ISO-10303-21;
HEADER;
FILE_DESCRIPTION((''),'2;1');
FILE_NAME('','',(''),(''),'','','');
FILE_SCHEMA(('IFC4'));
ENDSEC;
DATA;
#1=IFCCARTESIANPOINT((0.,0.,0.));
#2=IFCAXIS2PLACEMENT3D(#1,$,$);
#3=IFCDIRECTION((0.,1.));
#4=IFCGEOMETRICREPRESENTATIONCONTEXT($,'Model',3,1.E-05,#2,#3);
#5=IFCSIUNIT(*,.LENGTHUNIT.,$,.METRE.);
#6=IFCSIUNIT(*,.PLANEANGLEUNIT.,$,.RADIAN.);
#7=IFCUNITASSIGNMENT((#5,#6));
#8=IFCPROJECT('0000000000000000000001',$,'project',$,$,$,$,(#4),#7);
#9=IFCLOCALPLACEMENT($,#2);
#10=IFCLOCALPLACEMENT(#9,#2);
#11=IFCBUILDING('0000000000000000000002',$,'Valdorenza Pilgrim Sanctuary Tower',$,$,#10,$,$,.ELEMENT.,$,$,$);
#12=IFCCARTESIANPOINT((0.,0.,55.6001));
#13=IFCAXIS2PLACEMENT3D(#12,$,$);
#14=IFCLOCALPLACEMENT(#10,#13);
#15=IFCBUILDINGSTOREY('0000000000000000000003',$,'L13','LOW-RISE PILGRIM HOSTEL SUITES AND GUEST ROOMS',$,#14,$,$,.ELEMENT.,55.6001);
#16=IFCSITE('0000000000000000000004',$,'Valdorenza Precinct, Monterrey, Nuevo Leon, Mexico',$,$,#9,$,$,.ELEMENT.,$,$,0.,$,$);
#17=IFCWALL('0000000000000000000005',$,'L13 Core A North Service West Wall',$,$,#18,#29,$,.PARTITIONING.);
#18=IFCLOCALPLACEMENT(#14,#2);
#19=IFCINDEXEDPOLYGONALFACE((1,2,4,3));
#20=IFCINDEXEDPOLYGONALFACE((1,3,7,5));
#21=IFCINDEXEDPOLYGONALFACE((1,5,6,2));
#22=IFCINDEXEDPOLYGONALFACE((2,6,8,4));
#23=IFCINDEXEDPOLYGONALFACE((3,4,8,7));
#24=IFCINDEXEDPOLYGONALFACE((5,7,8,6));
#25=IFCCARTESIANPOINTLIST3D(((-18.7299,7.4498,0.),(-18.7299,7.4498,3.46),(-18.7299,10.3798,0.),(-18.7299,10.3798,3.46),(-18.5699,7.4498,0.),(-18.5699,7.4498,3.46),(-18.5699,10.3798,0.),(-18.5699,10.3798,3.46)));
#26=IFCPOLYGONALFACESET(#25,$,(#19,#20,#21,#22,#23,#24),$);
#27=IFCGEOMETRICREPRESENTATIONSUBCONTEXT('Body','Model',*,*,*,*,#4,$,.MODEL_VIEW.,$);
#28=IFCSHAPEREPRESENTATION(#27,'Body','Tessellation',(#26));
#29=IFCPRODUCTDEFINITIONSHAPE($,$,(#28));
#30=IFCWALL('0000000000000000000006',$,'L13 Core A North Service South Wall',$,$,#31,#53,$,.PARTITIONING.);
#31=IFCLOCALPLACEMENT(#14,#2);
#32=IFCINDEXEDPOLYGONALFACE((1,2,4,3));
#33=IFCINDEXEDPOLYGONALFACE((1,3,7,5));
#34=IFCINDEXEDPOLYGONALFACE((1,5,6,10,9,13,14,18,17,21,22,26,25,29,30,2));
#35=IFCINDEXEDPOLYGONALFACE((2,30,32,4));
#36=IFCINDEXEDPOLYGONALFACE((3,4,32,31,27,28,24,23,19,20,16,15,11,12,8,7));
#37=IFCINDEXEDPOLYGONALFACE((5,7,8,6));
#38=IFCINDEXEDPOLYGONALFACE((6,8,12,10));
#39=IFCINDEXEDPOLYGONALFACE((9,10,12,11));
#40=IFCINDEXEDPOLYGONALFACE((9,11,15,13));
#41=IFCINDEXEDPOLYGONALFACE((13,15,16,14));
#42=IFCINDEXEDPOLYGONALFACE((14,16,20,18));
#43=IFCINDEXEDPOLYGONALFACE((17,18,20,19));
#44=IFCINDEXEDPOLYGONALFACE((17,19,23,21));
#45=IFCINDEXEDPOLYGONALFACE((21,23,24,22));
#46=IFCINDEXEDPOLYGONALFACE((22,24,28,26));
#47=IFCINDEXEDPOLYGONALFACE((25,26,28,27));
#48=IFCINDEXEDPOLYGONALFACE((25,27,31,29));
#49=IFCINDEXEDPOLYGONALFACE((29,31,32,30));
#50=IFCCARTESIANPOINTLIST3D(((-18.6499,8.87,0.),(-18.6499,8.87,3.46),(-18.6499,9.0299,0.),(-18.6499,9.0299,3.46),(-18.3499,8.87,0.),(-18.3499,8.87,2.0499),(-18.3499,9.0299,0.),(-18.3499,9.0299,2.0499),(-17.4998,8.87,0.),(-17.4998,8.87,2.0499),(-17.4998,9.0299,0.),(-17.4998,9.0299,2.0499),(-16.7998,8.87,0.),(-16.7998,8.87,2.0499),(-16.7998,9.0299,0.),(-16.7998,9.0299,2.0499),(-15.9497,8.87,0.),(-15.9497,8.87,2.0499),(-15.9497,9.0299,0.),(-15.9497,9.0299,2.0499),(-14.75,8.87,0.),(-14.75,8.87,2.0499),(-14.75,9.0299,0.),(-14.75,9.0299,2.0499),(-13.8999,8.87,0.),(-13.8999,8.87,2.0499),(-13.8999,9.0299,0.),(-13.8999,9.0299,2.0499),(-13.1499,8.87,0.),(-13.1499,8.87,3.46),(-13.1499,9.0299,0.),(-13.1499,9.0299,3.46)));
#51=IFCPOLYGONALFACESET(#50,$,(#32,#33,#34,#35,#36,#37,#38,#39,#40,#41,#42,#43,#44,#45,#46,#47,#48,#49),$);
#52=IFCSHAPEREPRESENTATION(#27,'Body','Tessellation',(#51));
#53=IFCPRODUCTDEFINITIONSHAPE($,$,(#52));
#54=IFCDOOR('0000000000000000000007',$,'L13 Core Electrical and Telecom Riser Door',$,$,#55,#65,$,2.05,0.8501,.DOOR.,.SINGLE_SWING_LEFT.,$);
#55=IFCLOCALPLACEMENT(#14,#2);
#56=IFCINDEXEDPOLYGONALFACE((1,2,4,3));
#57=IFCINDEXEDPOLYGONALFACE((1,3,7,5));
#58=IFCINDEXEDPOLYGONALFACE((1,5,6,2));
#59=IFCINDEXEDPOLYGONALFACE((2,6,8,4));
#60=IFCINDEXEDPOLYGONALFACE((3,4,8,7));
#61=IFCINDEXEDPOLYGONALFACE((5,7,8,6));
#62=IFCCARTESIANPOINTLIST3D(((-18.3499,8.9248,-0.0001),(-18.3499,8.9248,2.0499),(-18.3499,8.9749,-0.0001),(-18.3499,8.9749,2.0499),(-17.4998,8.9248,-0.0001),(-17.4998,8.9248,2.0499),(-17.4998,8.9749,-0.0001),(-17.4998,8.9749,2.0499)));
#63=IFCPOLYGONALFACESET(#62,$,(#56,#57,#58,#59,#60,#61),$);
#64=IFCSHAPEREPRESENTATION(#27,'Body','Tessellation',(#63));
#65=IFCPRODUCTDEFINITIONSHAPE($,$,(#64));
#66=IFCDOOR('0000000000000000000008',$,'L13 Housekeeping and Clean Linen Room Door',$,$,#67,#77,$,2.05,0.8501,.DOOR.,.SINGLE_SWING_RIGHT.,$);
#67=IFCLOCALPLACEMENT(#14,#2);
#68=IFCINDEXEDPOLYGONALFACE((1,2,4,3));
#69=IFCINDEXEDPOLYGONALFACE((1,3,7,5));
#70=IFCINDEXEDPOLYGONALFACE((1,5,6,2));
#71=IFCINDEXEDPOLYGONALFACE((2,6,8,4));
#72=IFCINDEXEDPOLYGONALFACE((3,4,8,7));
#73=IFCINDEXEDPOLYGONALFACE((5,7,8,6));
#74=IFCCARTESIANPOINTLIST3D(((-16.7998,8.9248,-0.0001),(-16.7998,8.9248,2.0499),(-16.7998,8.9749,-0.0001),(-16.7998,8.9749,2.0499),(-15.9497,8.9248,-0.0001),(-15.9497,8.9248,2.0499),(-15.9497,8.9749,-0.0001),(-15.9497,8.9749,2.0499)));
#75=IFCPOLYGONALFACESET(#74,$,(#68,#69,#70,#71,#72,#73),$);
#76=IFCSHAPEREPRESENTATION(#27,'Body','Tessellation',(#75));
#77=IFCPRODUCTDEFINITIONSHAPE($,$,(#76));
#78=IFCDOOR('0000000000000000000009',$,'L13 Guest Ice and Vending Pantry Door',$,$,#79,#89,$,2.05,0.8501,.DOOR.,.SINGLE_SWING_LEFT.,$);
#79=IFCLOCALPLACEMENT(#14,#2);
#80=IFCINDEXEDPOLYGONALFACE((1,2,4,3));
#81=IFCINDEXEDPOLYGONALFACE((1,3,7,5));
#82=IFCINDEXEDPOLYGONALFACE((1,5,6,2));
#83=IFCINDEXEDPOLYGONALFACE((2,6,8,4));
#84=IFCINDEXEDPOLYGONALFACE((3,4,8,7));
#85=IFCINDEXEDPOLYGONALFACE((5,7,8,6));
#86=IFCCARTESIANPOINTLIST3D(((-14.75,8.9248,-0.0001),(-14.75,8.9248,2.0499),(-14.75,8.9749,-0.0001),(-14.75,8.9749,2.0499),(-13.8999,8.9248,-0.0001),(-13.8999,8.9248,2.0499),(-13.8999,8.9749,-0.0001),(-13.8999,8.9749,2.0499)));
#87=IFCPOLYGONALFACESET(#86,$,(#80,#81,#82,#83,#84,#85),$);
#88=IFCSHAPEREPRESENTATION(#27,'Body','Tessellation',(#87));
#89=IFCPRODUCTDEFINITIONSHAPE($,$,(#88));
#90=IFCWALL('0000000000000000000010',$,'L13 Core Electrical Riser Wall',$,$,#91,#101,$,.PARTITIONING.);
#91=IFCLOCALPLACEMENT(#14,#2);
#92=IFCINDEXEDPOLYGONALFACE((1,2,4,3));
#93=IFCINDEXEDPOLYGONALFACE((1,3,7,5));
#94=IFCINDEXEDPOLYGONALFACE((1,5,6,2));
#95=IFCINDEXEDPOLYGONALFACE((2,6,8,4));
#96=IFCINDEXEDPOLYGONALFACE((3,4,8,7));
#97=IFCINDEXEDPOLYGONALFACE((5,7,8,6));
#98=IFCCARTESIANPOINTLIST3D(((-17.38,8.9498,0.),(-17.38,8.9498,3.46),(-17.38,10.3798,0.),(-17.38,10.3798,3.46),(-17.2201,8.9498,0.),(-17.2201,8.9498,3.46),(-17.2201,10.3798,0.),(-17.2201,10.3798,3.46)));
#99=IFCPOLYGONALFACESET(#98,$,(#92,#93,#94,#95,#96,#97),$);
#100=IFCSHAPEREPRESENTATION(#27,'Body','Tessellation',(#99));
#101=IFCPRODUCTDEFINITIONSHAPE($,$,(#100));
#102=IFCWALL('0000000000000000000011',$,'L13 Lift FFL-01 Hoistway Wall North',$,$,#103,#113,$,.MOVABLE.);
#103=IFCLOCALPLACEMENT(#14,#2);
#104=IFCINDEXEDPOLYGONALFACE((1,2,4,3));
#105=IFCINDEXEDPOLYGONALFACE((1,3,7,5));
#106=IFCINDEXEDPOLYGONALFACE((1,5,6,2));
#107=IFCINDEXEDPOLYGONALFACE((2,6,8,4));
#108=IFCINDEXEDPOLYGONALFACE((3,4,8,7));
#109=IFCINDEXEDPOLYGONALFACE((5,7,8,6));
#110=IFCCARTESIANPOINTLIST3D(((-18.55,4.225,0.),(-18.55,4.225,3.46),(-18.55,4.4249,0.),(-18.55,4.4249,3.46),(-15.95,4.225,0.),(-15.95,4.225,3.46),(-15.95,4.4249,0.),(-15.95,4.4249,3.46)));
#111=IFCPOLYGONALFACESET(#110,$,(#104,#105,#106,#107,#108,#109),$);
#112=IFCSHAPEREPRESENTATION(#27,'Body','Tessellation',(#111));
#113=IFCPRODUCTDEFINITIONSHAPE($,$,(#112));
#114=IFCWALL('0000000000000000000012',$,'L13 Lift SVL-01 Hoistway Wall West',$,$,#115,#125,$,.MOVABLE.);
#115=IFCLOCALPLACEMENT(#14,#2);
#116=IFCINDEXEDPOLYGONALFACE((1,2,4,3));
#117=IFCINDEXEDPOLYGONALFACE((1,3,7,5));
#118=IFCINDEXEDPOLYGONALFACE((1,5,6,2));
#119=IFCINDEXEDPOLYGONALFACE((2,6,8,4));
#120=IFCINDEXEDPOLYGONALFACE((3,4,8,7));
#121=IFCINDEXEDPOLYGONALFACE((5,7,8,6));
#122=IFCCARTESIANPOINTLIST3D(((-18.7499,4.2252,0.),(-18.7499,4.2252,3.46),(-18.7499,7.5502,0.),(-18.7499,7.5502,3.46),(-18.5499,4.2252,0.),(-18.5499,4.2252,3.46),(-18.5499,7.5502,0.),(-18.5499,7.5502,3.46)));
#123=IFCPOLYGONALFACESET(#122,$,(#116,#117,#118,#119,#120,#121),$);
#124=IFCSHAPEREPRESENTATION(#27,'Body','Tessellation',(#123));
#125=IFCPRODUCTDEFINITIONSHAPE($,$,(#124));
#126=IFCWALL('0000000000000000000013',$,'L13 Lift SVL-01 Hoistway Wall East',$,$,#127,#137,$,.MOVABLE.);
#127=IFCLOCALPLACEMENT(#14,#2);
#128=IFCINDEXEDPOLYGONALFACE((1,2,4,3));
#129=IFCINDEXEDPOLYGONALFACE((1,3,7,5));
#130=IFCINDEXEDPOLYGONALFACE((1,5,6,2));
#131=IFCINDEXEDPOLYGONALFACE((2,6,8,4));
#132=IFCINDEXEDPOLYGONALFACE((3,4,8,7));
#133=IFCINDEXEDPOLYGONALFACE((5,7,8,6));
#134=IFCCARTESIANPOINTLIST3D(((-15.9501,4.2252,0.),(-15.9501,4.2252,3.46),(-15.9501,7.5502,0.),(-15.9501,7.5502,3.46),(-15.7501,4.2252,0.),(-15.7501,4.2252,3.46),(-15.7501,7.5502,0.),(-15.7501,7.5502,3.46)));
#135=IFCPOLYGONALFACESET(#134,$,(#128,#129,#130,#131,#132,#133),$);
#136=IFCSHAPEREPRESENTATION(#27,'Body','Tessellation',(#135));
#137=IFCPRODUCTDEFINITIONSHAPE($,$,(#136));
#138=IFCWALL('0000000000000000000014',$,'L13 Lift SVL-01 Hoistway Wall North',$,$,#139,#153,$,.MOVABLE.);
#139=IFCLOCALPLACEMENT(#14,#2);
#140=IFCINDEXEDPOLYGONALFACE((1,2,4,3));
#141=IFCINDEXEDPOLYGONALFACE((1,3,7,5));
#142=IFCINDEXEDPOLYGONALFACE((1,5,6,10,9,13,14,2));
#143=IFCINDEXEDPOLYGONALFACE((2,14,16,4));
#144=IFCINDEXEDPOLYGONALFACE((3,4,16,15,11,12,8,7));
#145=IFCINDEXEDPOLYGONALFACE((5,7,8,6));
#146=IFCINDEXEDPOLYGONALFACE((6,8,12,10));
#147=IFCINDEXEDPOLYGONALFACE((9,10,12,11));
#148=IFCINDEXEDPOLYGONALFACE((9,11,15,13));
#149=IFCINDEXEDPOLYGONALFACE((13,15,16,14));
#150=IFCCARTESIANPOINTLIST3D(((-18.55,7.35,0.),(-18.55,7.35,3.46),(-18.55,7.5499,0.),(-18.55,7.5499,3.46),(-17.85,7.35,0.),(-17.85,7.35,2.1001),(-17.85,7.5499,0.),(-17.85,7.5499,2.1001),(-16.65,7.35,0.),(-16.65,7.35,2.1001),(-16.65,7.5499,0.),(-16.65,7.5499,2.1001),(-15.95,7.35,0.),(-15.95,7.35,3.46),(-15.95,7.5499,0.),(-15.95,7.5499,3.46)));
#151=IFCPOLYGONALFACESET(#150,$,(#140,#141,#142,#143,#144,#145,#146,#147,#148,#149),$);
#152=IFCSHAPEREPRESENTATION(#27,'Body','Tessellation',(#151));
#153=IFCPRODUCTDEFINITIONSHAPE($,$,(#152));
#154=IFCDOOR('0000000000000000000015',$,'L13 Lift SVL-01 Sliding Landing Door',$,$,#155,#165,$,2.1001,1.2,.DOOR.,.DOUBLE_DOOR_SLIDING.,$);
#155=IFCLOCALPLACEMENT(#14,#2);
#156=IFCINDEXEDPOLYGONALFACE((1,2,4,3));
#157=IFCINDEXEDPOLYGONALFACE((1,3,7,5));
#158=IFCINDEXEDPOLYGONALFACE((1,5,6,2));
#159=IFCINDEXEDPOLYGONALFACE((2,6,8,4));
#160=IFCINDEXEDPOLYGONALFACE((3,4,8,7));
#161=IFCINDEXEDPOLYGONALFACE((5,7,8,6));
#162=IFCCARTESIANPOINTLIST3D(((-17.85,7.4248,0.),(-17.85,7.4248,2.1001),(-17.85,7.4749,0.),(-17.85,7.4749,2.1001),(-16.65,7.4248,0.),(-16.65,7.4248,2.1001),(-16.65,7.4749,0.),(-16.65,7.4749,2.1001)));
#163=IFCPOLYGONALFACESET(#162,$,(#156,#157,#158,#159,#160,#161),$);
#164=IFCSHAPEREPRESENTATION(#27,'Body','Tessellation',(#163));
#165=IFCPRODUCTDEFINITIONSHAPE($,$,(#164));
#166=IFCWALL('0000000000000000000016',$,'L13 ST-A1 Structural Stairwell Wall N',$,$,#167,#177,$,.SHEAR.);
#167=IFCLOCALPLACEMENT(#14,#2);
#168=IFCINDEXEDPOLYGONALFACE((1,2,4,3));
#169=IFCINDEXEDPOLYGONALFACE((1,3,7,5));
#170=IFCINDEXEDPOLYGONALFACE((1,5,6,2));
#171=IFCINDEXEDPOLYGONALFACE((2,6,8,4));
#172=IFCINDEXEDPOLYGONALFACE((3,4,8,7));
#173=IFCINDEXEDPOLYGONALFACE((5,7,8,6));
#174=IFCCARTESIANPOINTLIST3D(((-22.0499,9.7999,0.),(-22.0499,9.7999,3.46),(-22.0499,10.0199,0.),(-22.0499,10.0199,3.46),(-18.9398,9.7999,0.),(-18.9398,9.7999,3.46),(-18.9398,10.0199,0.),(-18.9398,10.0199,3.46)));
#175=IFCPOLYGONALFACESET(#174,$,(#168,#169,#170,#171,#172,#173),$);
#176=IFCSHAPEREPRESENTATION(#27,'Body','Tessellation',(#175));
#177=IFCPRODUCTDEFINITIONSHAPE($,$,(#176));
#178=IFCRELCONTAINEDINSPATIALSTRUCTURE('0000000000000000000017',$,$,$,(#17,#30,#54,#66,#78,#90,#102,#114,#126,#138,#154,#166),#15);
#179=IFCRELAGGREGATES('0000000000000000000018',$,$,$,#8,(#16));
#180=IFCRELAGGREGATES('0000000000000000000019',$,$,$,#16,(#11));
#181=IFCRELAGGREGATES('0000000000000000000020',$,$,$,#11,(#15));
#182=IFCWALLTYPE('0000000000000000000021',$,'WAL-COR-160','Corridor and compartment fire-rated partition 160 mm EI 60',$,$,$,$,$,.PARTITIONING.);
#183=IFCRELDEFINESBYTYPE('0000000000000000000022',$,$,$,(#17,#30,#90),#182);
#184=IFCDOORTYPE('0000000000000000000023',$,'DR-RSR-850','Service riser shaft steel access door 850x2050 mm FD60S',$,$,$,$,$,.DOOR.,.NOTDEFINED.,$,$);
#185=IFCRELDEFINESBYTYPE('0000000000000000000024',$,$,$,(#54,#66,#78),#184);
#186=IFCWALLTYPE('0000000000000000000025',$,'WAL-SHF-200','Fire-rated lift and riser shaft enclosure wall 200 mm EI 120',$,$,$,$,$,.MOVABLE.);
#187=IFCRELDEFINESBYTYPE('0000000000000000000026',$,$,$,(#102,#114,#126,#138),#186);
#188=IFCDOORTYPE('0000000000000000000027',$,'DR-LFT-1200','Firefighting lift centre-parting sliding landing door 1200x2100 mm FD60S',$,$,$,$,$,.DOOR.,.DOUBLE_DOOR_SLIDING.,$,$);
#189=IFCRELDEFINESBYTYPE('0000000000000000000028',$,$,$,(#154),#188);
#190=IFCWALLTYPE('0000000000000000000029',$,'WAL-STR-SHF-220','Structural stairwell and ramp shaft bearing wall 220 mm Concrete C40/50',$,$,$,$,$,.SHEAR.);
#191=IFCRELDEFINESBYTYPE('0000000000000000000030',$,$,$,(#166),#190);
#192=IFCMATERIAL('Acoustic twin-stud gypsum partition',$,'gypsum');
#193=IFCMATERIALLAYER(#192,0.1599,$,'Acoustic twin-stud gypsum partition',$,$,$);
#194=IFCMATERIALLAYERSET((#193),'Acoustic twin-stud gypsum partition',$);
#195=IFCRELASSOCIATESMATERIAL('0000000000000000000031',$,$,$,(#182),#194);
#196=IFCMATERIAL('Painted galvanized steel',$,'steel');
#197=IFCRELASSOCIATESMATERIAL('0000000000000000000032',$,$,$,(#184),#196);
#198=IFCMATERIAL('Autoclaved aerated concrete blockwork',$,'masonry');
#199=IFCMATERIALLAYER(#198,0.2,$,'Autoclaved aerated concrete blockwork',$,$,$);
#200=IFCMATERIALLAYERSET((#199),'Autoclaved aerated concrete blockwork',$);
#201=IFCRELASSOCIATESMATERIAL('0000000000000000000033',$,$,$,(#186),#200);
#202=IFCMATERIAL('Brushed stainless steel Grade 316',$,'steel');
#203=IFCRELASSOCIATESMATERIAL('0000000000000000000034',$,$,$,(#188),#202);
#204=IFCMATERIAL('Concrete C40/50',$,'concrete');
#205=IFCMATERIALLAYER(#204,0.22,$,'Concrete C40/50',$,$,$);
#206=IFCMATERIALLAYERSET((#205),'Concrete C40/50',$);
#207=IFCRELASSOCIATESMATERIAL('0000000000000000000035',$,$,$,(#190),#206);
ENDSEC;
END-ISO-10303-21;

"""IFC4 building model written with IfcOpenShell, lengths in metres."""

from ifc_helpers import new_model, si_unit, direction, frame, frame_2d, origin, place, context, subcontext, project, spatial, rectangle, extrude, material, layer, layer_set, type_object, element, fill, save


model = new_model("IFC4")

# Units and contexts
model_context = context("Model", 3, precision=1e-05, world=origin(), true_north=direction((0.0, 1.0)))
body_context = subcontext(model_context, "Body", "Model", "MODEL_VIEW")
ifc_project = project(units=[si_unit("LENGTHUNIT", "METRE"), si_unit("PLANEANGLEUNIT", "RADIAN")], contexts=[model_context])

# Site, building, storey
site_placement = place(None, origin())
site = spatial("IfcSite", under=ifc_project, at=site_placement, Name="Valdorenza Precinct, Monterrey, Nuevo Leon, Mexico", CompositionType="ELEMENT", RefElevation=0.0)
building_placement = place(site_placement, origin())
building = spatial("IfcBuilding", under=site, at=building_placement, Name="Valdorenza Pilgrim Sanctuary Tower", CompositionType="ELEMENT")
storey_placement = place(building_placement, frame((0.0, 0.0, 55.6001)))
storey = spatial("IfcBuildingStorey", under=building, at=storey_placement, Name="L13", Description="LOW-RISE PILGRIM HOSTEL SUITES AND GUEST ROOMS", CompositionType="ELEMENT", Elevation=55.6001)

# Wall
ifc_material_1 = material(Name="Acoustic twin-stud gypsum partition", Category="gypsum")
ifc_layer_1 = layer(ifc_material_1, 0.1599, Name="Acoustic twin-stud gypsum partition")
ifc_layer_set_1 = layer_set([ifc_layer_1], Name="Acoustic twin-stud gypsum partition")
wall_type_1 = type_object("IfcWallType", Name="WAL-COR-160", Description="Corridor and compartment fire-rated partition 160 mm EI 60", PredefinedType="PARTITIONING", material=ifc_layer_set_1)
wall_1_placement = place(storey_placement, frame((-18.6499, 7.45, 0.0), z_axis=(0.0, 0.0, 1.0), x_axis=(0.0, 1.0, 0.0)))
element("IfcWall", 1, at=wall_1_placement, inside=storey, type_object=wall_type_1, Name="L13 Core A North Service West Wall", PredefinedType="PARTITIONING", context=body_context, shape_type="SweptSolid", body=[
    extrude(rectangle(XDim=2.9299, YDim=0.1599, at=frame_2d((1.4648, 0.0))), origin(), (0.0, 0.0, 1.0), 3.46),
])

# Wall, openings, doors
wall_2_placement = place(storey_placement, frame((-18.6499, 8.95, 0.0), z_axis=(0.0, 0.0, 1.0), x_axis=(1.0, 0.0, 0.0)))
wall_2 = element("IfcWall", 2, at=wall_2_placement, inside=storey, type_object=wall_type_1, Name="L13 Core A North Service South Wall", PredefinedType="PARTITIONING", context=body_context, shape_type="SweptSolid", body=[
    extrude(rectangle(XDim=5.5, YDim=0.1599, at=frame_2d((2.75, 0.0))), origin(), (0.0, 0.0, 1.0), 3.46),
])
opening_1_placement = place(wall_2_placement, frame((0.3, 0.0, 0.0)))
opening_1 = element("IfcOpeningElement", 3, at=opening_1_placement, cuts=wall_2, PredefinedType="OPENING", context=body_context, shape_type="SweptSolid", body=[
    extrude(rectangle(XDim=0.8501, YDim=2.05, at=frame_2d((0.425, 1.0249))), frame((0.0, 0.0947, 0.0), z_axis=(0.0, -1.0, 0.0), x_axis=(1.0, 0.0, 0.0)), (0.0, 0.0, 1.0), 0.1897),
])
opening_2_placement = place(wall_2_placement, frame((1.8501, 0.0, 0.0)))
opening_2 = element("IfcOpeningElement", 4, at=opening_2_placement, cuts=wall_2, PredefinedType="OPENING", context=body_context, shape_type="SweptSolid", body=[
    extrude(rectangle(XDim=0.8501, YDim=2.05, at=frame_2d((0.425, 1.0249))), frame((0.0, 0.0947, 0.0), z_axis=(0.0, -1.0, 0.0), x_axis=(1.0, 0.0, 0.0)), (0.0, 0.0, 1.0), 0.1897),
])
opening_3_placement = place(wall_2_placement, frame((3.8999, 0.0, 0.0)))
opening_3 = element("IfcOpeningElement", 5, at=opening_3_placement, cuts=wall_2, PredefinedType="OPENING", context=body_context, shape_type="SweptSolid", body=[
    extrude(rectangle(XDim=0.8501, YDim=2.05, at=frame_2d((0.425, 1.0249))), frame((0.0, 0.0947, 0.0), z_axis=(0.0, -1.0, 0.0), x_axis=(1.0, 0.0, 0.0)), (0.0, 0.0, 1.0), 0.1897),
])
ifc_material_2 = material(Name="Painted galvanized steel", Category="steel")
door_type_1 = type_object("IfcDoorType", Name="DR-RSR-850", Description="Service riser shaft steel access door 850x2050 mm FD60S", OperationType="NOTDEFINED", PredefinedType="DOOR", material=ifc_material_2)
door_1_placement = place(opening_1_placement, origin())
door_1 = element("IfcDoor", 6, at=door_1_placement, inside=storey, type_object=door_type_1, Name="L13 Core Electrical and Telecom Riser Door", OperationType="SINGLE_SWING_LEFT", OverallHeight=2.05, OverallWidth=0.8501, PredefinedType="DOOR", context=body_context, shape_type="SweptSolid", body=[
    extrude(rectangle(XDim=0.8501, YDim=2.05, at=frame_2d((0.425, 1.0249))), frame((0.0, 0.0249, 0.0), z_axis=(0.0, -1.0, 0.0), x_axis=(1.0, 0.0, 0.0)), (0.0, 0.0, 1.0), 0.05),
])
fill(opening_1, door_1)
door_2_placement = place(opening_2_placement, origin())
door_2 = element("IfcDoor", 7, at=door_2_placement, inside=storey, type_object=door_type_1, Name="L13 Housekeeping and Clean Linen Room Door", OperationType="SINGLE_SWING_RIGHT", OverallHeight=2.05, OverallWidth=0.8501, PredefinedType="DOOR", context=body_context, shape_type="SweptSolid", body=[
    extrude(rectangle(XDim=0.8501, YDim=2.05, at=frame_2d((0.425, 1.0249))), frame((0.0, 0.0249, 0.0), z_axis=(0.0, -1.0, 0.0), x_axis=(1.0, 0.0, 0.0)), (0.0, 0.0, 1.0), 0.05),
])
fill(opening_2, door_2)
door_3_placement = place(opening_3_placement, origin())
door_3 = element("IfcDoor", 8, at=door_3_placement, inside=storey, type_object=door_type_1, Name="L13 Guest Ice and Vending Pantry Door", OperationType="SINGLE_SWING_LEFT", OverallHeight=2.05, OverallWidth=0.8501, PredefinedType="DOOR", context=body_context, shape_type="SweptSolid", body=[
    extrude(rectangle(XDim=0.8501, YDim=2.05, at=frame_2d((0.425, 1.0249))), frame((0.0, 0.0249, 0.0), z_axis=(0.0, -1.0, 0.0), x_axis=(1.0, 0.0, 0.0)), (0.0, 0.0, 1.0), 0.05),
])
fill(opening_3, door_3)

# Walls
wall_3_placement = place(storey_placement, frame((-17.3, 8.95, 0.0), z_axis=(0.0, 0.0, 1.0), x_axis=(0.0, 1.0, 0.0)))
element("IfcWall", 9, at=wall_3_placement, inside=storey, type_object=wall_type_1, Name="L13 Core Electrical Riser Wall", PredefinedType="PARTITIONING", context=body_context, shape_type="SweptSolid", body=[
    extrude(rectangle(XDim=1.4299, YDim=0.1599, at=frame_2d((0.7148, 0.0))), origin(), (0.0, 0.0, 1.0), 3.46),
])
ifc_material_3 = material(Name="Autoclaved aerated concrete blockwork", Category="masonry")
ifc_layer_2 = layer(ifc_material_3, 0.2, Name="Autoclaved aerated concrete blockwork")
ifc_layer_set_2 = layer_set([ifc_layer_2], Name="Autoclaved aerated concrete blockwork")
wall_type_2 = type_object("IfcWallType", Name="WAL-SHF-200", Description="Fire-rated lift and riser shaft enclosure wall 200 mm EI 120", PredefinedType="MOVABLE", material=ifc_layer_set_2)
wall_4_placement = place(storey_placement, frame((-18.55, 4.325, 0.0), z_axis=(0.0, 0.0, 1.0), x_axis=(1.0, 0.0, 0.0)))
element("IfcWall", 10, at=wall_4_placement, inside=storey, type_object=wall_type_2, Name="L13 Lift FFL-01 Hoistway Wall North", PredefinedType="MOVABLE", context=body_context, shape_type="SweptSolid", body=[
    extrude(rectangle(XDim=2.6001, YDim=0.2, at=frame_2d((1.3, 0.0))), origin(), (0.0, 0.0, 1.0), 3.46),
])
for number, where, z_axis, x_axis, name in (
    (11, (-18.6499, 4.2251, 0.0), (0.0, 0.0, 1.0), (0.0, 1.0, 0.0), "L13 Lift SVL-01 Hoistway Wall West"),
    (12, (-15.8501, 4.2251, 0.0), (0.0, 0.0, 1.0), (0.0, 1.0, 0.0), "L13 Lift SVL-01 Hoistway Wall East"),
):
    element("IfcWall", number, at=place(storey_placement, frame(where, z_axis=z_axis, x_axis=x_axis)), inside=storey, type_object=wall_type_2, Name=name, PredefinedType="MOVABLE", context=body_context, shape_type="SweptSolid", body=[
        extrude(rectangle(XDim=3.325, YDim=0.2, at=frame_2d((1.6626, 0.0))), origin(), (0.0, 0.0, 1.0), 3.46),
    ])

# Wall, opening, door
wall_5_placement = place(storey_placement, frame((-18.55, 7.45, 0.0), z_axis=(0.0, 0.0, 1.0), x_axis=(1.0, 0.0, 0.0)))
wall_5 = element("IfcWall", 13, at=wall_5_placement, inside=storey, type_object=wall_type_2, Name="L13 Lift SVL-01 Hoistway Wall North", PredefinedType="MOVABLE", context=body_context, shape_type="SweptSolid", body=[
    extrude(rectangle(XDim=2.6001, YDim=0.2, at=frame_2d((1.3, 0.0))), origin(), (0.0, 0.0, 1.0), 3.46),
])
opening_4_placement = place(wall_5_placement, frame((0.7, 0.0, 0.0)))
opening_4 = element("IfcOpeningElement", 14, at=opening_4_placement, cuts=wall_5, PredefinedType="OPENING", context=body_context, shape_type="SweptSolid", body=[
    extrude(rectangle(XDim=1.2, YDim=2.1001, at=frame_2d((0.6001, 1.05))), frame((0.0, 0.1147, 0.0), z_axis=(0.0, -1.0, 0.0), x_axis=(1.0, 0.0, 0.0)), (0.0, 0.0, 1.0), 0.2297),
])
ifc_material_4 = material(Name="Brushed stainless steel Grade 316", Category="steel")
door_type_2 = type_object("IfcDoorType", Name="DR-LFT-1200", Description="Firefighting lift centre-parting sliding landing door 1200x2100 mm FD60S", OperationType="DOUBLE_DOOR_SLIDING", PredefinedType="DOOR", material=ifc_material_4)
door_4_placement = place(opening_4_placement, origin())
door_4 = element("IfcDoor", 15, at=door_4_placement, inside=storey, type_object=door_type_2, Name="L13 Lift SVL-01 Sliding Landing Door", OperationType="DOUBLE_DOOR_SLIDING", OverallHeight=2.1001, OverallWidth=1.2, PredefinedType="DOOR", context=body_context, shape_type="SweptSolid", body=[
    extrude(rectangle(XDim=1.2, YDim=2.1001, at=frame_2d((0.6001, 1.05))), frame((0.0, 0.0249, 0.0), z_axis=(0.0, -1.0, 0.0), x_axis=(1.0, 0.0, 0.0)), (0.0, 0.0, 1.0), 0.05),
])
fill(opening_4, door_4)

# Wall
ifc_material_5 = material(Name="Concrete C40/50", Category="concrete")
ifc_layer_3 = layer(ifc_material_5, 0.22, Name="Concrete C40/50")
ifc_layer_set_3 = layer_set([ifc_layer_3], Name="Concrete C40/50")
wall_type_3 = type_object("IfcWallType", Name="WAL-STR-SHF-220", Description="Structural stairwell and ramp shaft bearing wall 220 mm Concrete C40/50", PredefinedType="SHEAR", material=ifc_layer_set_3)
wall_6_placement = place(storey_placement, frame((-22.05, 9.9099, 0.0), z_axis=(0.0, 0.0, 1.0), x_axis=(1.0, 0.0, 0.0)))
element("IfcWall", 16, at=wall_6_placement, inside=storey, type_object=wall_type_3, Name="L13 ST-A1 Structural Stairwell Wall N", PredefinedType="SHEAR", context=body_context, shape_type="SweptSolid", body=[
    extrude(rectangle(XDim=3.1101, YDim=0.22, at=frame_2d((1.5552, 0.0))), origin(), (0.0, 0.0, 1.0), 3.46),
])

save(model, "model.ifc")
